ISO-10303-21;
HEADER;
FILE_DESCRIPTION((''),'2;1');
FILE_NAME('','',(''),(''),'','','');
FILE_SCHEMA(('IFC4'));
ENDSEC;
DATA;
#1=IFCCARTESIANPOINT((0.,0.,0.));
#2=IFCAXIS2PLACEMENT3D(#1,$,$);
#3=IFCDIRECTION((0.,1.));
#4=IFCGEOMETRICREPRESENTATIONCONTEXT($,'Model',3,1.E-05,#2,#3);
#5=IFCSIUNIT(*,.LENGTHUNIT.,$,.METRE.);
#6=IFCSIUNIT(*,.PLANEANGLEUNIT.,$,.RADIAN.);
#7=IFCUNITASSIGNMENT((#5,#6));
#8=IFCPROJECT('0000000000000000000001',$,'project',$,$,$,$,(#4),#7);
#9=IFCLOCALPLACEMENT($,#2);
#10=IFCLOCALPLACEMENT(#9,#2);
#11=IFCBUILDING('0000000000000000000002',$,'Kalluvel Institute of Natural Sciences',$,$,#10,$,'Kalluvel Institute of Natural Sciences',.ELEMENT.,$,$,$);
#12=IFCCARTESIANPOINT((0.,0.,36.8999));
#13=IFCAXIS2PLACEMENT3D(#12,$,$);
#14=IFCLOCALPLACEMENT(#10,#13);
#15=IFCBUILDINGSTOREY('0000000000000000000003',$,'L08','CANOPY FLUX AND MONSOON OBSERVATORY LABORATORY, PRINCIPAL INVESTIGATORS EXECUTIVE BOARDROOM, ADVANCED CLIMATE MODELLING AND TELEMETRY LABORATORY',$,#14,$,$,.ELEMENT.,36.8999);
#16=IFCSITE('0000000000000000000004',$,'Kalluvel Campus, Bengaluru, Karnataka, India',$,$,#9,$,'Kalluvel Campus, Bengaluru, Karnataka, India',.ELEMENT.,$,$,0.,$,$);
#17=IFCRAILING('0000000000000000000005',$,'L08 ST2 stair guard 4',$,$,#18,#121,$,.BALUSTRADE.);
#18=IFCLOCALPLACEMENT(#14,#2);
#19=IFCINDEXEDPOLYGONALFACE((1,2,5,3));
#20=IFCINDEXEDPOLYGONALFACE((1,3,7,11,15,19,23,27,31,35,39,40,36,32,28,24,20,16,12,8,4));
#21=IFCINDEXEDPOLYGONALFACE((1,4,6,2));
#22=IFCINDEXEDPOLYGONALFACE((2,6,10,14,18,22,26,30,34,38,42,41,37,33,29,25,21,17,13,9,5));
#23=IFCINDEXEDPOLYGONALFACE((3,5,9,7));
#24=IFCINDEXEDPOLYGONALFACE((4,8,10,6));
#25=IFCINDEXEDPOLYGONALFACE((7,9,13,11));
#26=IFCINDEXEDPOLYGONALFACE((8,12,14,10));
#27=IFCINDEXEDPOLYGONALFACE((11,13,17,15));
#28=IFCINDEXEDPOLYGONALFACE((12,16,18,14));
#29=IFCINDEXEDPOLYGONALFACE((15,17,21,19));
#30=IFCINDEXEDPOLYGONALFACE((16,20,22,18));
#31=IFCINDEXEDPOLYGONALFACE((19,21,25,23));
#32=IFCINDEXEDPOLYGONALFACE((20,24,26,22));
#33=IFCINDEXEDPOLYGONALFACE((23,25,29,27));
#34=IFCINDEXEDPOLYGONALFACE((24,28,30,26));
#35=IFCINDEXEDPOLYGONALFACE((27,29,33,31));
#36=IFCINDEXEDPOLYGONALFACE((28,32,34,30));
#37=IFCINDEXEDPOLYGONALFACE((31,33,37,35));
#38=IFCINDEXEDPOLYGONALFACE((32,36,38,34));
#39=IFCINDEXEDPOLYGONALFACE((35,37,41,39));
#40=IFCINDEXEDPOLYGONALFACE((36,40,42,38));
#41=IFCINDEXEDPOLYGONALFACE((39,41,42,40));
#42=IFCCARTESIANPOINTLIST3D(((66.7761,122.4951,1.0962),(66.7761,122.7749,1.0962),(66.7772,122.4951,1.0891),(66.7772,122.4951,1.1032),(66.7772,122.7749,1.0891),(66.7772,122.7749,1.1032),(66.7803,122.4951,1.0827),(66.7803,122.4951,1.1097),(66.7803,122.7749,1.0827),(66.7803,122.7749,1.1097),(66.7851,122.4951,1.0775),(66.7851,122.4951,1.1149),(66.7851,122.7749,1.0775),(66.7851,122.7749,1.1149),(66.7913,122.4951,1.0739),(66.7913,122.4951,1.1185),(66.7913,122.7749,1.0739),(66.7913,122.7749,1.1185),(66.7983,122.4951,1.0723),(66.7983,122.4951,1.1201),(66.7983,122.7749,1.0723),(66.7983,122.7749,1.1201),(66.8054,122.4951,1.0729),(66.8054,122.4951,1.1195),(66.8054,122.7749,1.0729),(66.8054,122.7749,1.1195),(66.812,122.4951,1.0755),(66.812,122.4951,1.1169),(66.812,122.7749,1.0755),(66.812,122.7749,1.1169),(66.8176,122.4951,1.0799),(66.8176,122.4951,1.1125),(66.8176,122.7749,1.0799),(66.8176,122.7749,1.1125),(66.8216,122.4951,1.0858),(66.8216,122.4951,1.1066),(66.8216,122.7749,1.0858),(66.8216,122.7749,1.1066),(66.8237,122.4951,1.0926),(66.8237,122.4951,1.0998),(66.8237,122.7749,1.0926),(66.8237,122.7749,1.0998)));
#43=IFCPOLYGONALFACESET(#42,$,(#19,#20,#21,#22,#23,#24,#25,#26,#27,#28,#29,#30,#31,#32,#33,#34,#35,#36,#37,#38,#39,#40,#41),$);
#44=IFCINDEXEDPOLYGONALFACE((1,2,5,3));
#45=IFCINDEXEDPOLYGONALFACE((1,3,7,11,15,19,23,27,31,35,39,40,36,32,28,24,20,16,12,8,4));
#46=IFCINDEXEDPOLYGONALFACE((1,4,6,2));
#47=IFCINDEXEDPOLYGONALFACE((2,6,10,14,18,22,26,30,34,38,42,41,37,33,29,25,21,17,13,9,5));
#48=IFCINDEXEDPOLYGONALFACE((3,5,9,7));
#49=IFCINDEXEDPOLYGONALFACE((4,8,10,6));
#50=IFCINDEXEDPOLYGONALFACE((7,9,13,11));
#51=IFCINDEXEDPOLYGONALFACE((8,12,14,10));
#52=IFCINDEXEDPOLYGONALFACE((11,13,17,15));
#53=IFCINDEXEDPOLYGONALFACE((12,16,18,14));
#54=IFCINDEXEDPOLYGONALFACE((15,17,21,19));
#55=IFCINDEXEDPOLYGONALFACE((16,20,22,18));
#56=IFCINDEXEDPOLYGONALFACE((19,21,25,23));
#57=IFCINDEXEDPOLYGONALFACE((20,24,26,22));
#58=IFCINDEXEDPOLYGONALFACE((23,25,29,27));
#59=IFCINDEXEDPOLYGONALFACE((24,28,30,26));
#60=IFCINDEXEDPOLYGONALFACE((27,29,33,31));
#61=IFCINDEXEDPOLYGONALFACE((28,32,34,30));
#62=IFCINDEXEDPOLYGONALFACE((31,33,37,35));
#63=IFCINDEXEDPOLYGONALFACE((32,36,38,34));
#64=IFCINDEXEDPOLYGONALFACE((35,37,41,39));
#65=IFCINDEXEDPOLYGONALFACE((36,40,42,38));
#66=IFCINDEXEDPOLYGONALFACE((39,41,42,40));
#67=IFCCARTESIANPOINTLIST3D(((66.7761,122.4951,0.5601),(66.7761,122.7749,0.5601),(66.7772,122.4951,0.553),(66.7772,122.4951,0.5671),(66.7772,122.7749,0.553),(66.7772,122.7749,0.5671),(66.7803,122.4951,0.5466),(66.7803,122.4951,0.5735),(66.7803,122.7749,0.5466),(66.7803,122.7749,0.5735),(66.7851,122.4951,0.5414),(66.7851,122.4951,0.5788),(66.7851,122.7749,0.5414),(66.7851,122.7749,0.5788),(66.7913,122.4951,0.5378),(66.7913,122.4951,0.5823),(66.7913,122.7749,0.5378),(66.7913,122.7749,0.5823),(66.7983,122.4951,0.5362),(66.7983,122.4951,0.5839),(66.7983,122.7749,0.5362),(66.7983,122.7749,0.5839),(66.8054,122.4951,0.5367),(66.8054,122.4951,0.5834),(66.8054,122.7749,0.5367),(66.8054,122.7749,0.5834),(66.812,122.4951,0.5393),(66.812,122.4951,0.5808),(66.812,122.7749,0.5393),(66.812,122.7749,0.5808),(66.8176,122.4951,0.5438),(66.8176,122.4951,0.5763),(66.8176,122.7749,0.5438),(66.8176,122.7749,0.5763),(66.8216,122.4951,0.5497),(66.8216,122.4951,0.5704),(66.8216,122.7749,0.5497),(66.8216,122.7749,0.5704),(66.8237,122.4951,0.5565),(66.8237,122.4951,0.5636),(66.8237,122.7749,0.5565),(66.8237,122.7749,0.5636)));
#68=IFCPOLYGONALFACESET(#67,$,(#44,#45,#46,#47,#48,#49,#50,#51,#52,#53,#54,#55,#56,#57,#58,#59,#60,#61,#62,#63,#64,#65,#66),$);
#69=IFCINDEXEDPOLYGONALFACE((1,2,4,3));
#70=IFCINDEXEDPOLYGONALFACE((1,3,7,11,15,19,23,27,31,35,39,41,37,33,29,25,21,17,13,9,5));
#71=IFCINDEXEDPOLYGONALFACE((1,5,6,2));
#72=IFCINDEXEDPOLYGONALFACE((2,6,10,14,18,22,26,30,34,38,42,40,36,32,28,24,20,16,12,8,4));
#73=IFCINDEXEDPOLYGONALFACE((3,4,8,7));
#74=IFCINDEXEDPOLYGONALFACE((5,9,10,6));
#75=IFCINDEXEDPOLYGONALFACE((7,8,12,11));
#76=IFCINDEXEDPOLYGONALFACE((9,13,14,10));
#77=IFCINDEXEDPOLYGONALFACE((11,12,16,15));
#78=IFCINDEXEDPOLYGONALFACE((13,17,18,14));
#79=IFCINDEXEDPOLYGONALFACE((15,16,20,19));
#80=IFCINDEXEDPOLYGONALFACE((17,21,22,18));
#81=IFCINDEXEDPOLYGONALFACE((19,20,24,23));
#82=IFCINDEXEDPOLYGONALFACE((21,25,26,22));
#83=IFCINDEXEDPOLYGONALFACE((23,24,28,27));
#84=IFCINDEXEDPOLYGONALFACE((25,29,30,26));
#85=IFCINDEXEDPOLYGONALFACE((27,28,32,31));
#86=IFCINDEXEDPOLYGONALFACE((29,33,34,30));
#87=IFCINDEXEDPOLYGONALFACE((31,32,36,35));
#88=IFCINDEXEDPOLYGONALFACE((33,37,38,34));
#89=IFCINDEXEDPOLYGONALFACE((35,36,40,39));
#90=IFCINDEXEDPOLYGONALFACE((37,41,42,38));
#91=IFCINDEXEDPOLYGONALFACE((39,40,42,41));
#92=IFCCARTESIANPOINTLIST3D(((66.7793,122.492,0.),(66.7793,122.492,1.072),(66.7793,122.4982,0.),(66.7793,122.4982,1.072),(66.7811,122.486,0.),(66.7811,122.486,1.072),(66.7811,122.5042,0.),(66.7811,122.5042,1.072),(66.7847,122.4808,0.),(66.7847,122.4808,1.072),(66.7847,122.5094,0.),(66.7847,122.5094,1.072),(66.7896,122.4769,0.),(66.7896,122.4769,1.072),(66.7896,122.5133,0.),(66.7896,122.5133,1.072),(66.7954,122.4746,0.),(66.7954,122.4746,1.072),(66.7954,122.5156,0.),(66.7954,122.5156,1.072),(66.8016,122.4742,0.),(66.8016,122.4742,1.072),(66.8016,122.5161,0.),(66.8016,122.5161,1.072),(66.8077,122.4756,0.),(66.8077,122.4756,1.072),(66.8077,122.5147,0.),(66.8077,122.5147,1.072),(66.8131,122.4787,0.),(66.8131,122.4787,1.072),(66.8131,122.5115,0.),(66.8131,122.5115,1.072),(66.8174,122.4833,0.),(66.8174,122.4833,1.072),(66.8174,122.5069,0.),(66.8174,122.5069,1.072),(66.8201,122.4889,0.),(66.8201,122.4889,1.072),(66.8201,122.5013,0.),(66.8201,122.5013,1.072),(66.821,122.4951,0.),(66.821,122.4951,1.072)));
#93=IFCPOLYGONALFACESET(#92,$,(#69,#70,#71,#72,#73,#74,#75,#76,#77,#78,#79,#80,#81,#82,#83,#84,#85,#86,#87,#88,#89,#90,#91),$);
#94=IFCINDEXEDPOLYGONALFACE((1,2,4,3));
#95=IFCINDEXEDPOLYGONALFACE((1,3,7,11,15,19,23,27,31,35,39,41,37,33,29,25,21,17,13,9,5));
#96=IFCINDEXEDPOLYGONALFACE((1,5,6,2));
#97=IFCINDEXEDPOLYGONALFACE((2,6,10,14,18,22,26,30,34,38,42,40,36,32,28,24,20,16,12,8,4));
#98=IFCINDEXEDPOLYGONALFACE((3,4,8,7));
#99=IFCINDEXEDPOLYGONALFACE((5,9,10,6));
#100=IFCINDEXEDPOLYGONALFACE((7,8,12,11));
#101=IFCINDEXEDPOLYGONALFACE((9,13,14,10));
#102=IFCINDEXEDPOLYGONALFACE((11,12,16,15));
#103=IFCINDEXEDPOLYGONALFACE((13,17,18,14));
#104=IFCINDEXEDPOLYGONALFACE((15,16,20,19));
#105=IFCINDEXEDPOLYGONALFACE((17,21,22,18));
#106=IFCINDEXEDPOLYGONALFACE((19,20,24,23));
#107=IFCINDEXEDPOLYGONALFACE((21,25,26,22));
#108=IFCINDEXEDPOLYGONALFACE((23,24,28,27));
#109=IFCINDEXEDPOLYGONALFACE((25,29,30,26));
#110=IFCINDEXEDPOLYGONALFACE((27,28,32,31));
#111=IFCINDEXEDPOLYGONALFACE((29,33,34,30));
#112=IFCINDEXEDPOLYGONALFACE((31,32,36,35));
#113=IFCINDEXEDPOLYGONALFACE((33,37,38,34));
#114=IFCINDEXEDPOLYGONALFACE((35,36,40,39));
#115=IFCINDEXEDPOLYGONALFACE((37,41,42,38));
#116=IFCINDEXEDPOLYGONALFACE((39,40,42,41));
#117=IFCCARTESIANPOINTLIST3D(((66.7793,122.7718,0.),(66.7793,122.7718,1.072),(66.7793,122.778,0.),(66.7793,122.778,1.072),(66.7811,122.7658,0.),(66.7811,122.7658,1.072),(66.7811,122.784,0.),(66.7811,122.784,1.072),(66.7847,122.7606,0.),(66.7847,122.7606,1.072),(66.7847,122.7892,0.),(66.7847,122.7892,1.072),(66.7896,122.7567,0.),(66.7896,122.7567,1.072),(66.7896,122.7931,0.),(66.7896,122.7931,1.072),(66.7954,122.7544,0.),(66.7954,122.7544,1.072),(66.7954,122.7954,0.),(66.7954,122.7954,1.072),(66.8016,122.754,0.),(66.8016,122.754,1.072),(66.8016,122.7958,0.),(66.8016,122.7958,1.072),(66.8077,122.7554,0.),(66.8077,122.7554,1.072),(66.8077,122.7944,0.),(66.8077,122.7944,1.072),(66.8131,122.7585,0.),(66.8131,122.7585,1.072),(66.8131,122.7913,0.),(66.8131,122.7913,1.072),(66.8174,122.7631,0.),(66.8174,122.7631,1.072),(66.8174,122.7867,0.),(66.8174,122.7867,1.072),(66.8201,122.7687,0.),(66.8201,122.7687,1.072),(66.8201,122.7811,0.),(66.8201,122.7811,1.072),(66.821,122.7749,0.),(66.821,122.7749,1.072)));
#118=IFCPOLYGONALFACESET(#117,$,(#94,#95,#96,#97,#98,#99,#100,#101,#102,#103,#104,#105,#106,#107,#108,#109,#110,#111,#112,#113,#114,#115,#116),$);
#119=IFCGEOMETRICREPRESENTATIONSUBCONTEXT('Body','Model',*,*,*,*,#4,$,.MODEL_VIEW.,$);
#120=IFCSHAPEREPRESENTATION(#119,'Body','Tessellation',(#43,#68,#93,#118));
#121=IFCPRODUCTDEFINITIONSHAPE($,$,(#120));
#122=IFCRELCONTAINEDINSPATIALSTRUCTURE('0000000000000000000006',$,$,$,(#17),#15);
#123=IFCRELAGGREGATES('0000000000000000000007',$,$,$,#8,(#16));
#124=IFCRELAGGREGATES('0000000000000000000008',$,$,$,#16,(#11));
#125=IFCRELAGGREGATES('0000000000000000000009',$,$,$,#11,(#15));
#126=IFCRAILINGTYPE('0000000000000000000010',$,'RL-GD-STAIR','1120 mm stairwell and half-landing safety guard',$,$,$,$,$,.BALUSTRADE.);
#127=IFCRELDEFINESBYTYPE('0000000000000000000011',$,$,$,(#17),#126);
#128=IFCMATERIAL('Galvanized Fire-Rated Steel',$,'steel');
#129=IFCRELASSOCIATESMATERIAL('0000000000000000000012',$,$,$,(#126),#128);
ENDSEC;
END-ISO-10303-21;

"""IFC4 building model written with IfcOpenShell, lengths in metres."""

from ifc_helpers import new_model, si_unit, direction, frame, origin, origin_2d, place, context, subcontext, project, spatial, circle, extrude, material, type_object, element, save


model = new_model("IFC4")

# Units and contexts
model_context = context("Model", 3, precision=1e-05, world=origin(), true_north=direction((0.0, 1.0)))
body_context = subcontext(model_context, "Body", "Model", "MODEL_VIEW")
ifc_project = project(units=[si_unit("LENGTHUNIT", "METRE"), si_unit("PLANEANGLEUNIT", "RADIAN")], contexts=[model_context])

# Site, building, storey
site_placement = place(None, origin())
site = spatial("IfcSite", under=ifc_project, at=site_placement, Name="Kalluvel Campus, Bengaluru, Karnataka, India", LongName="Kalluvel Campus, Bengaluru, Karnataka, India", CompositionType="ELEMENT", RefElevation=0.0)
building_placement = place(site_placement, origin())
building = spatial("IfcBuilding", under=site, at=building_placement, Name="Kalluvel Institute of Natural Sciences", LongName="Kalluvel Institute of Natural Sciences", CompositionType="ELEMENT")
storey_placement = place(building_placement, frame((0.0, 0.0, 36.8999)))
storey = spatial("IfcBuildingStorey", under=building, at=storey_placement, Name="L08", Description="CANOPY FLUX AND MONSOON OBSERVATORY LABORATORY, PRINCIPAL INVESTIGATORS EXECUTIVE BOARDROOM, ADVANCED CLIMATE MODELLING AND TELEMETRY LABORATORY", CompositionType="ELEMENT", Elevation=36.8999)

# Shared definitions
ifc_material_1 = material(Name="Galvanized Fire-Rated Steel", Category="steel")

# Railing
railing_type_1 = type_object("IfcRailingType", Name="RL-GD-STAIR", Description="1120 mm stairwell and half-landing safety guard", PredefinedType="BALUSTRADE", material=ifc_material_1)
railing_1_placement = place(storey_placement, frame((66.8, 122.4951, 0.0)))
element("IfcRailing", 1, at=railing_1_placement, inside=storey, type_object=railing_type_1, Name="L08 ST2 stair guard 4", PredefinedType="BALUSTRADE", context=body_context, shape_type="SweptSolid", body=[
    extrude(circle(Radius=0.0239, at=origin_2d()), frame((0.0, 0.0, 1.0962), z_axis=(0.0, 1.0, 0.0), x_axis=(-1.0, 0.0, 0.0)), (0.0, 0.0, 1.0), 0.2798),
    extrude(circle(Radius=0.0239, at=origin_2d()), frame((0.0, 0.0, 0.5601), z_axis=(0.0, 1.0, 0.0), x_axis=(-1.0, 0.0, 0.0)), (0.0, 0.0, 1.0), 0.2798),
    extrude(circle(Radius=0.021, at=origin_2d()), origin(), (0.0, 0.0, 1.0), 1.072),
    extrude(circle(Radius=0.021, at=origin_2d()), frame((0.0, 0.2798, 0.0)), (0.0, 0.0, 1.0), 1.072),
])

save(model, "model.ifc")
